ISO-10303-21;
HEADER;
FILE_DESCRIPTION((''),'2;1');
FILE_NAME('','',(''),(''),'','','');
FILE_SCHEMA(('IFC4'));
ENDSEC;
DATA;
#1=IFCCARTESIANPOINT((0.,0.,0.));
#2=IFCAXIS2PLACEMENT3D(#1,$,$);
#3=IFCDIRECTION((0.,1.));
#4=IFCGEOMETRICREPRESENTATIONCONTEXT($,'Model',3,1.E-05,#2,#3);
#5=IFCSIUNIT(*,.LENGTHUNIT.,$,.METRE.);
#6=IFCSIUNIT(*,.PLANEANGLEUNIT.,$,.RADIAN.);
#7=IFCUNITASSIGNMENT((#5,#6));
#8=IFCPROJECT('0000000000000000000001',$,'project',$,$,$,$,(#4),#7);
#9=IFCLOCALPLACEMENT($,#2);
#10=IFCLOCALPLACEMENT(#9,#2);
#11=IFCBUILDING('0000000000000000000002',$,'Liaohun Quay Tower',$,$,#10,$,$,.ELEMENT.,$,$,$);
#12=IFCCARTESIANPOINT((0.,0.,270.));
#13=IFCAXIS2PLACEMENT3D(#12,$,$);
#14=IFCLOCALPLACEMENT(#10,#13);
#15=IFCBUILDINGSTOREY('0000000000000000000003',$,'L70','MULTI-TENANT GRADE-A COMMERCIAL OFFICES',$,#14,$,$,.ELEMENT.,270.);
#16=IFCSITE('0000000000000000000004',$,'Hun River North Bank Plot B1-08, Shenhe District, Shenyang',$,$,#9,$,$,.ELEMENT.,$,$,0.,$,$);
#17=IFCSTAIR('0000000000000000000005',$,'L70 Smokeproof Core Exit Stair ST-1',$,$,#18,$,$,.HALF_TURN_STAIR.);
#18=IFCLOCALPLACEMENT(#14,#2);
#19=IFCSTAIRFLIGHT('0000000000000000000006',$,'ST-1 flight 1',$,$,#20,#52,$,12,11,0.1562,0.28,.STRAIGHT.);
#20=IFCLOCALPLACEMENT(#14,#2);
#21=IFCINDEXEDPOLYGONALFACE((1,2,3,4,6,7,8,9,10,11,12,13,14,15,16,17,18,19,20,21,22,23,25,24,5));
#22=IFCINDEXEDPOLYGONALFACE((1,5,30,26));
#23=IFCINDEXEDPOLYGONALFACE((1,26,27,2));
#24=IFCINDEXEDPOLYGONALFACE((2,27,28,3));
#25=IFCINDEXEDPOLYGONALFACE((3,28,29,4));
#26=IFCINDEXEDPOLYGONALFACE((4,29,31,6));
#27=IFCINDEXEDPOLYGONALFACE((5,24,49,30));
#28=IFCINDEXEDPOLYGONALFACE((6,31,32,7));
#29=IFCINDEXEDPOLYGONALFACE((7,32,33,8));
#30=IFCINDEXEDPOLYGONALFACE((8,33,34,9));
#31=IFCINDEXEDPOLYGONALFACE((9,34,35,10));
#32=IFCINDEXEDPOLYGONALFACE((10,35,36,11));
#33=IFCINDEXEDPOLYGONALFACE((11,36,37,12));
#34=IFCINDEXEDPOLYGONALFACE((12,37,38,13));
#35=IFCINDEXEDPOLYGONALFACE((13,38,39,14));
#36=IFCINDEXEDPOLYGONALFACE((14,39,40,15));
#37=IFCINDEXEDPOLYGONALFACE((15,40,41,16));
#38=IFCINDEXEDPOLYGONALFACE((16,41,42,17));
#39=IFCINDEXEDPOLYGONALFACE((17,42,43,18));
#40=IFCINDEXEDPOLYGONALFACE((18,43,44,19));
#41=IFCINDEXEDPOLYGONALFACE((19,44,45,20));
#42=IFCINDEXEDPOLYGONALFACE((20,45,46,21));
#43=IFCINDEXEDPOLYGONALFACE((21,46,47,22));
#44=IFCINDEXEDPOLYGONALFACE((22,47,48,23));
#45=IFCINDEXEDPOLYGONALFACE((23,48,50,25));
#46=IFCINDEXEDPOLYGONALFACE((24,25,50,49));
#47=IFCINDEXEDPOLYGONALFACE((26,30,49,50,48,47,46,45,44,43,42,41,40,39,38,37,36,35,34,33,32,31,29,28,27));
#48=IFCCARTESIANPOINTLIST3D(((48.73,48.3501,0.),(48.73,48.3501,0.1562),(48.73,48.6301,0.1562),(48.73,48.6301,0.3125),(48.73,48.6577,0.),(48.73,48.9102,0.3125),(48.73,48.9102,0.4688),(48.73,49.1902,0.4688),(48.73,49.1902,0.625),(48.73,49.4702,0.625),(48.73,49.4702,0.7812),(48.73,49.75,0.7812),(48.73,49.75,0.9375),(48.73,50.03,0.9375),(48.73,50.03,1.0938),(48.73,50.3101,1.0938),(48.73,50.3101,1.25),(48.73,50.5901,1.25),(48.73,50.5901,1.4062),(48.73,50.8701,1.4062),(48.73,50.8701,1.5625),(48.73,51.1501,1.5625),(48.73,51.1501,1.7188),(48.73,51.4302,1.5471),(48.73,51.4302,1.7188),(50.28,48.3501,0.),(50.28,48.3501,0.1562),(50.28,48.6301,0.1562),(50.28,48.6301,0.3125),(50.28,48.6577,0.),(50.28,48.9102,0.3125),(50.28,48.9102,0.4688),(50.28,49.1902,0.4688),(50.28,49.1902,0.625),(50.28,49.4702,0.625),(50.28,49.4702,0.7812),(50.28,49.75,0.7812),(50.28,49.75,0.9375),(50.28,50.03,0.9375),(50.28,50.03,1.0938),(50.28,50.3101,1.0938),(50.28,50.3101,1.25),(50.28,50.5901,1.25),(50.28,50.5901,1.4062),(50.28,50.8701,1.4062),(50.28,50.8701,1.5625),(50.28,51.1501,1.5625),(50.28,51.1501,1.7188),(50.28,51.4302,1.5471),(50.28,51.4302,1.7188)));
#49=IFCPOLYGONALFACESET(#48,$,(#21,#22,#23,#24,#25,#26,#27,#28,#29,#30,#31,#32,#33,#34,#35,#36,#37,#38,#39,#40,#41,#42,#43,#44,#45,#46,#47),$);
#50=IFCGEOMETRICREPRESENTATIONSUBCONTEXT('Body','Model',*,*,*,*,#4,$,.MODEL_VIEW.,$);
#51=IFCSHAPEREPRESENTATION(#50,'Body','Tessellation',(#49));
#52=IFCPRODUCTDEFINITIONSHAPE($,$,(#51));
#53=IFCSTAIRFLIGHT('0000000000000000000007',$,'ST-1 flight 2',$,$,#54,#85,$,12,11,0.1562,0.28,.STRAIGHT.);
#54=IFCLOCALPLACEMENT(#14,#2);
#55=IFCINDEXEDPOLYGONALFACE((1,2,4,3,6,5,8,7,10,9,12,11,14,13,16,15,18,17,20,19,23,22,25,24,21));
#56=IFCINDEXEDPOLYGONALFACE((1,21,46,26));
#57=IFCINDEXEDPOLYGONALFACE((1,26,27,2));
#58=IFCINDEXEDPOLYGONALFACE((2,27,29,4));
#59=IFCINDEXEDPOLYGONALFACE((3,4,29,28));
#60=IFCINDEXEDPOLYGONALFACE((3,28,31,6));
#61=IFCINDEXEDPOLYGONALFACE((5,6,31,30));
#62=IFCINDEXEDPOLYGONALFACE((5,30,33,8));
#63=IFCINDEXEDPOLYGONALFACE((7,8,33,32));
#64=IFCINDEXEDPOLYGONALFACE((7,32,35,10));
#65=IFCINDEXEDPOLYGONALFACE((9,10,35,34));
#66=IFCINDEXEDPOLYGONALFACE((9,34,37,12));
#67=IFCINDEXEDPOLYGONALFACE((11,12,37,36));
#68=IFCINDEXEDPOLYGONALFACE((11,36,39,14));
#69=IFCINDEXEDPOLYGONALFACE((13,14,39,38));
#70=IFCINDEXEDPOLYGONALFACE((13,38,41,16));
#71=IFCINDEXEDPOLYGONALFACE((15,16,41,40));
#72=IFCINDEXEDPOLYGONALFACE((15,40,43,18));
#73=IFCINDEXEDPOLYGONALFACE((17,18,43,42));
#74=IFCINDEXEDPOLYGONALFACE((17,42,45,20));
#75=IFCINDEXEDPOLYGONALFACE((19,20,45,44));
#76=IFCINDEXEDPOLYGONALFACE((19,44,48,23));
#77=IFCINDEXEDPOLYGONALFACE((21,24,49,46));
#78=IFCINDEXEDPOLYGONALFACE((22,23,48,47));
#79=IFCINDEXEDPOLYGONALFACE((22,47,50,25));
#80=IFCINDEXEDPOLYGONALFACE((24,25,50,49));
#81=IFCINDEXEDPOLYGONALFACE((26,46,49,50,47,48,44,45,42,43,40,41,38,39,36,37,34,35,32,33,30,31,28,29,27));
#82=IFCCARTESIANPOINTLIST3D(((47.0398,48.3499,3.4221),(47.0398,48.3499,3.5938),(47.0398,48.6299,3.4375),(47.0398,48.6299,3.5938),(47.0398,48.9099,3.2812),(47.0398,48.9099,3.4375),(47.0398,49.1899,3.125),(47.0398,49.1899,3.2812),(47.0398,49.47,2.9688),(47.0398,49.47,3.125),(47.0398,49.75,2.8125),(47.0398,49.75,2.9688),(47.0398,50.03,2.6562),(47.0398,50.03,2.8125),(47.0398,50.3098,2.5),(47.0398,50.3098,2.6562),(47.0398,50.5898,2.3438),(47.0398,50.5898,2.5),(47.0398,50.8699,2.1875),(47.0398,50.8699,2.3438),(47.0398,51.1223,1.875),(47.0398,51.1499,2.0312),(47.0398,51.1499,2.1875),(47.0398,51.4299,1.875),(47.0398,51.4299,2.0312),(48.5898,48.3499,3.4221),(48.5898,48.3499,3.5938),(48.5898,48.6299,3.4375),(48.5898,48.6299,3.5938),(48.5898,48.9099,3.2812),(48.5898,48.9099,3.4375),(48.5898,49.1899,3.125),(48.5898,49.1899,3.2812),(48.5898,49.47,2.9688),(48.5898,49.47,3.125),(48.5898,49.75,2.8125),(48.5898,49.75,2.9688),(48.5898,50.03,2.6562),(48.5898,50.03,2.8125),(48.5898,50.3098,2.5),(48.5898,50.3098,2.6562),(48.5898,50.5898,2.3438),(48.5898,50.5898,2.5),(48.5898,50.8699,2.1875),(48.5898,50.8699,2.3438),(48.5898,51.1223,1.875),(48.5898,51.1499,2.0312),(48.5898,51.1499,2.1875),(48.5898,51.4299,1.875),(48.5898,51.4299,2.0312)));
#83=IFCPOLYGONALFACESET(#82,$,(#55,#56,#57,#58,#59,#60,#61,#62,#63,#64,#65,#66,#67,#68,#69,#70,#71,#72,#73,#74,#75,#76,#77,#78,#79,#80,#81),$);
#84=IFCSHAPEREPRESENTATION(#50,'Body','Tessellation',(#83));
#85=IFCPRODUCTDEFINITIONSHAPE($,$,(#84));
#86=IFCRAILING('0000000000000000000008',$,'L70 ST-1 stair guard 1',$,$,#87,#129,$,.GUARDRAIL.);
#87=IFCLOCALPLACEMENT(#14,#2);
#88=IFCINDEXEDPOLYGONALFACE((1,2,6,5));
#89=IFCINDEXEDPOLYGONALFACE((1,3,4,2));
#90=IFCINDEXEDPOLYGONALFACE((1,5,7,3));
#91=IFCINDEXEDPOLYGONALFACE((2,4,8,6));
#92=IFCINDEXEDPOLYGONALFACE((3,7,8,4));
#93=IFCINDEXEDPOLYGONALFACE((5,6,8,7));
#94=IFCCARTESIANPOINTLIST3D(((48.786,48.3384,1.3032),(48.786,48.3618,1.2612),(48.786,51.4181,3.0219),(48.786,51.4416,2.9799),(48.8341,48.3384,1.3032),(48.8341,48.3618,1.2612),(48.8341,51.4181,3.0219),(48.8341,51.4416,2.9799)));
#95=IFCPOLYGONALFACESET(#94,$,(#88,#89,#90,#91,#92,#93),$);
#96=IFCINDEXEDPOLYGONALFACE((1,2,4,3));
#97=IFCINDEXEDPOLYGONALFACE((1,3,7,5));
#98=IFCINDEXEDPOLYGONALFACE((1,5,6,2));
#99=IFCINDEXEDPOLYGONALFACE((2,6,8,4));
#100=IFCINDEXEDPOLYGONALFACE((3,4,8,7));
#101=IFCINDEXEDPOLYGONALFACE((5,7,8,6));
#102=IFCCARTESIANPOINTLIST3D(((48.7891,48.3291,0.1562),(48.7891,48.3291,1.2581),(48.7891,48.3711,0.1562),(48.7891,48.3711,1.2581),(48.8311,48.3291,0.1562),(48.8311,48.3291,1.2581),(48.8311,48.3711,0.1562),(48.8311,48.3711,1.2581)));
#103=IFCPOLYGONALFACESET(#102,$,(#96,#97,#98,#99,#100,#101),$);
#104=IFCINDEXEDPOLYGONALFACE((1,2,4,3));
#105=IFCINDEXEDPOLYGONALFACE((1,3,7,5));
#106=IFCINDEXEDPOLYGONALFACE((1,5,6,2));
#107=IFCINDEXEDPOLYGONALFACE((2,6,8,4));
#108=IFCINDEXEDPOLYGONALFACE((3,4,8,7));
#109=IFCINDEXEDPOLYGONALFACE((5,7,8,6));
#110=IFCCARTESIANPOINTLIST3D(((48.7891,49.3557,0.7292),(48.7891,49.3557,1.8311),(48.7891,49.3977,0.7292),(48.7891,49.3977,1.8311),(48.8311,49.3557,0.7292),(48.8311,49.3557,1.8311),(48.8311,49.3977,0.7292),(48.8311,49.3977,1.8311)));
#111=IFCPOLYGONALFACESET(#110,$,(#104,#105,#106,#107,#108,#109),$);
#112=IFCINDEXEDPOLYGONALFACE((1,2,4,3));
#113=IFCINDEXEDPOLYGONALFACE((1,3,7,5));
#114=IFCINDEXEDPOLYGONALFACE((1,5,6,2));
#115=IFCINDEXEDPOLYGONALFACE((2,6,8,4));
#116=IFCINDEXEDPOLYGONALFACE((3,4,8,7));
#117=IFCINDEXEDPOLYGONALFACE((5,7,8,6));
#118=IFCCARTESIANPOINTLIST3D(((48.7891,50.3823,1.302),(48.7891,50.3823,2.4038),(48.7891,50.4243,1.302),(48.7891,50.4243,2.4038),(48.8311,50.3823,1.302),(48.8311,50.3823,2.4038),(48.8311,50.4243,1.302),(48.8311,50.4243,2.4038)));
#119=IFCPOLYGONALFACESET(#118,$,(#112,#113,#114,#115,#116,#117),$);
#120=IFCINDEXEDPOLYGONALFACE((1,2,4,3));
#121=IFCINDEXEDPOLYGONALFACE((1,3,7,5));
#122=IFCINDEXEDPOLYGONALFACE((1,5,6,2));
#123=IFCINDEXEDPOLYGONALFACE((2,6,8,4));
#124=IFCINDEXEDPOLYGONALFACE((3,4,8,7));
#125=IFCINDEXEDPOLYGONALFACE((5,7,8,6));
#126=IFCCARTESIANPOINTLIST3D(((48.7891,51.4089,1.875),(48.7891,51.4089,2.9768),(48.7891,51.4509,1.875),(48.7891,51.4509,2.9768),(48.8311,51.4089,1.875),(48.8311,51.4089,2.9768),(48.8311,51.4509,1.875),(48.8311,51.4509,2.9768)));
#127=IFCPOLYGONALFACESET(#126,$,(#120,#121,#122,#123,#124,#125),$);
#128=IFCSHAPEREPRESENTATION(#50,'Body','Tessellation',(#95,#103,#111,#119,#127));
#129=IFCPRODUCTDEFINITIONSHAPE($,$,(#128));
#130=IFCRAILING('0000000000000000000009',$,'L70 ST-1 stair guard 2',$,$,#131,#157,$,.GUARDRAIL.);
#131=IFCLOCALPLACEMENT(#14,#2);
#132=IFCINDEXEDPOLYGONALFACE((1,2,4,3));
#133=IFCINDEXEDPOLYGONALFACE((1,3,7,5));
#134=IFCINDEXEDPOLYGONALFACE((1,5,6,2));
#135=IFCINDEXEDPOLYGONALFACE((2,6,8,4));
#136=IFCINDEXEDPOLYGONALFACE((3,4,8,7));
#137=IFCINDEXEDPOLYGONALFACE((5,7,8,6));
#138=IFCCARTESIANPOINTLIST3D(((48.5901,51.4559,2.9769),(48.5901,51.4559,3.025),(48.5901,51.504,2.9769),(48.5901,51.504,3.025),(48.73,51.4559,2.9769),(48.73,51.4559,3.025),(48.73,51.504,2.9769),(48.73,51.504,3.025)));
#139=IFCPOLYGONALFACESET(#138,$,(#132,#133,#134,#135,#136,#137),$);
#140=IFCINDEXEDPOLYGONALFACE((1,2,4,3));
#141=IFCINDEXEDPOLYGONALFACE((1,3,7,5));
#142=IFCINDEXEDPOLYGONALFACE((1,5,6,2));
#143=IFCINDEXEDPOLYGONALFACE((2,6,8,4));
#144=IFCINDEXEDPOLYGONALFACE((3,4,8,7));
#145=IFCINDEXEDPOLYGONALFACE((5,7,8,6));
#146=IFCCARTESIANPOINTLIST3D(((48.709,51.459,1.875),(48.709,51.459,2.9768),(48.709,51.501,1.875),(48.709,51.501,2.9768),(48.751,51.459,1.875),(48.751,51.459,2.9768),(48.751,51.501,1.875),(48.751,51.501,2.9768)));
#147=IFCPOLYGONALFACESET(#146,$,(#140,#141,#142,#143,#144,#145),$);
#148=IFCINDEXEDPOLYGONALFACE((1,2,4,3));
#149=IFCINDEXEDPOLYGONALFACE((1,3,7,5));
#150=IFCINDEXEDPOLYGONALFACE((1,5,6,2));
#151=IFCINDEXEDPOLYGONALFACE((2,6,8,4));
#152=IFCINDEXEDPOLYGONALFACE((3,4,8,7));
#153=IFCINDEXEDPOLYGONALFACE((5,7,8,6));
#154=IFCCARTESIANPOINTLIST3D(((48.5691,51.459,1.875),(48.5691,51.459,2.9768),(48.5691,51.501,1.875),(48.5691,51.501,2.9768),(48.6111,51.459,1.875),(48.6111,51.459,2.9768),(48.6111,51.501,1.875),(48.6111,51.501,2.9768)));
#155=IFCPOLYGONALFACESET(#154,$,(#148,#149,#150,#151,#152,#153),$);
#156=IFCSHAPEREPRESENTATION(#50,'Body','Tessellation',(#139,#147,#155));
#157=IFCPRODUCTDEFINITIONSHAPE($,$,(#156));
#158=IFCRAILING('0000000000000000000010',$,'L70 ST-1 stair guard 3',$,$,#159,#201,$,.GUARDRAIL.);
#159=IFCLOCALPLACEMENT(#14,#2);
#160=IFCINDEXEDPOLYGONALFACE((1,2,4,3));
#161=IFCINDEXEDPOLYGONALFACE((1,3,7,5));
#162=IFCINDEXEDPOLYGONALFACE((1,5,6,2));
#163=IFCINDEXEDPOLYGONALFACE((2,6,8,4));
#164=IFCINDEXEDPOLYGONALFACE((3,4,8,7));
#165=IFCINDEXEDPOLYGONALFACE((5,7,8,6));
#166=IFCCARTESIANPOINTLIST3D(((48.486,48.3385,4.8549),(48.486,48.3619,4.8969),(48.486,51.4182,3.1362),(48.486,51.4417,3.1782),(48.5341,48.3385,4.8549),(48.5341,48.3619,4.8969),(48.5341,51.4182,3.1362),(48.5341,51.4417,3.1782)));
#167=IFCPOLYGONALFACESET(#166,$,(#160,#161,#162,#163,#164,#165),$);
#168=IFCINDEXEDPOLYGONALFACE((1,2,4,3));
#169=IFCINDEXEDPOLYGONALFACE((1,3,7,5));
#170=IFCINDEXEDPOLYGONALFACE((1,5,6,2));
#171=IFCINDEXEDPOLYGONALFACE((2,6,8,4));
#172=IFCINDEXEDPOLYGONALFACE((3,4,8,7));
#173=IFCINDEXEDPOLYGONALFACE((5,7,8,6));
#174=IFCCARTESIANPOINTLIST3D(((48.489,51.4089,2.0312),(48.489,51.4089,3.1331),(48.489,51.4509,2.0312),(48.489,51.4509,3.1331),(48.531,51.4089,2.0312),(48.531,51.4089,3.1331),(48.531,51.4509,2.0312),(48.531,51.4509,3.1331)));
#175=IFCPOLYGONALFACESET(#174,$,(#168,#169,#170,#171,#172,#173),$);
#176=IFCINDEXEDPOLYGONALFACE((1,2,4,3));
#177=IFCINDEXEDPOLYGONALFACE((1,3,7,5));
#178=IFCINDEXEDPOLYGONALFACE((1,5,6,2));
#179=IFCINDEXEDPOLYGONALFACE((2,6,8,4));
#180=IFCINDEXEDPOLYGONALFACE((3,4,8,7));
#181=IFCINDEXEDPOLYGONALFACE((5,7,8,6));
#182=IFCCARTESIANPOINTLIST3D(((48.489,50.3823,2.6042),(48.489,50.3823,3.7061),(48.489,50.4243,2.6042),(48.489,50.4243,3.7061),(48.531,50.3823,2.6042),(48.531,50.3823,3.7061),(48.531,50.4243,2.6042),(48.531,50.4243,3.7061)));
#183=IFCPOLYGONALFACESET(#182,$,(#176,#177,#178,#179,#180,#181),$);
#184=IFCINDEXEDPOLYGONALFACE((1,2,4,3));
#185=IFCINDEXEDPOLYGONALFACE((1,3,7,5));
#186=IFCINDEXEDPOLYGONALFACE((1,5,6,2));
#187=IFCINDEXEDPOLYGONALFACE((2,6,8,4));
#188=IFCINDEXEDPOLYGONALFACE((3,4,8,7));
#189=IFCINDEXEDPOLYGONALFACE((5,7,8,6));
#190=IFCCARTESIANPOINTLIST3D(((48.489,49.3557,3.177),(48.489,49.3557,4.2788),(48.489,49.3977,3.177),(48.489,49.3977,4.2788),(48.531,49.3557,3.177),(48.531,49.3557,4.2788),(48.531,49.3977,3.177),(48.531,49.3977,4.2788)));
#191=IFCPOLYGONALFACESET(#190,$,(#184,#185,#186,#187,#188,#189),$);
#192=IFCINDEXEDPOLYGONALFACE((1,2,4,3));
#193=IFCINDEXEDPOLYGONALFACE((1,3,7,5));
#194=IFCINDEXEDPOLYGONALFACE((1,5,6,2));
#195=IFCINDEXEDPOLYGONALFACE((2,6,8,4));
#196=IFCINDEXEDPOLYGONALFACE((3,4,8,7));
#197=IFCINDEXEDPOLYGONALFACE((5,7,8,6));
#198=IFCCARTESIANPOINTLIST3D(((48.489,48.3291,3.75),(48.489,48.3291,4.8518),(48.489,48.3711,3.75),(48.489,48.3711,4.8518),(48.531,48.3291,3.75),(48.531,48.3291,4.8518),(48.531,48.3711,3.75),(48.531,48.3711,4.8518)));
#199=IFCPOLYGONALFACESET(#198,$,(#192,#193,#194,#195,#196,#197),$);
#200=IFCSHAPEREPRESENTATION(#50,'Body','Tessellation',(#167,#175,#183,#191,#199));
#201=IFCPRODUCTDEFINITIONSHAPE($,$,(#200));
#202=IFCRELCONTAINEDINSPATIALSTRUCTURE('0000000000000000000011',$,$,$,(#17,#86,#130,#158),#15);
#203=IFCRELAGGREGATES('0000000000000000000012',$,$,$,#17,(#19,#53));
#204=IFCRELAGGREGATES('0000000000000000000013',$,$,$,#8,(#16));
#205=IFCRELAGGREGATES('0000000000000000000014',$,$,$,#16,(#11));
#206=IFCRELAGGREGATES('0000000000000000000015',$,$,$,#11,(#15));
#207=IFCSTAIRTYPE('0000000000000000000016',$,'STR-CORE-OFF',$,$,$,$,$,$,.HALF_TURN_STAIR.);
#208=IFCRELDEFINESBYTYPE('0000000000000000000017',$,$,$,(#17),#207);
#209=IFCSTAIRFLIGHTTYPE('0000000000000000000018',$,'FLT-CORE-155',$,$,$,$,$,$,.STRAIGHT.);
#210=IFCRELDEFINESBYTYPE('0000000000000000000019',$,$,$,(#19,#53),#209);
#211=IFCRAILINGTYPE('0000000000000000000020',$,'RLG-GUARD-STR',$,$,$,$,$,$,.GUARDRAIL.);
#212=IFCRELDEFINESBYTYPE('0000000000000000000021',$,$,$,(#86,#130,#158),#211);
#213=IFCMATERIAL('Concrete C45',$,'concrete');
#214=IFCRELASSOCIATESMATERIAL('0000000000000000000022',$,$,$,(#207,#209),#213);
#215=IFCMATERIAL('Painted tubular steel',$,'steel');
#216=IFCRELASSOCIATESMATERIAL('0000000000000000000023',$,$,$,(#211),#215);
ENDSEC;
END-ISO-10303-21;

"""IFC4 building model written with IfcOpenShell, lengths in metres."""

from ifc_helpers import new_model, si_unit, direction, frame, origin, origin_2d, place, context, subcontext, project, spatial, polyline, rectangle, outline, extrude, material, type_object, element, aggregate, save


model = new_model("IFC4")

# Units and contexts
model_context = context("Model", 3, precision=1e-05, world=origin(), true_north=direction((0.0, 1.0)))
body_context = subcontext(model_context, "Body", "Model", "MODEL_VIEW")
ifc_project = project(units=[si_unit("LENGTHUNIT", "METRE"), si_unit("PLANEANGLEUNIT", "RADIAN")], contexts=[model_context])

# Site, building, storey
site_placement = place(None, origin())
site = spatial("IfcSite", under=ifc_project, at=site_placement, Name="Hun River North Bank Plot B1-08, Shenhe District, Shenyang", CompositionType="ELEMENT", RefElevation=0.0)
building_placement = place(site_placement, origin())
building = spatial("IfcBuilding", under=site, at=building_placement, Name="Liaohun Quay Tower", CompositionType="ELEMENT")
storey_placement = place(building_placement, frame((0.0, 0.0, 270.0)))
storey = spatial("IfcBuildingStorey", under=building, at=storey_placement, Name="L70", Description="MULTI-TENANT GRADE-A COMMERCIAL OFFICES", CompositionType="ELEMENT", Elevation=270.0)

# Stair, stair flights
ifc_material_1 = material(Name="Concrete C45", Category="concrete")
stair_type = type_object("IfcStairType", Name="STR-CORE-OFF", PredefinedType="HALF_TURN_STAIR", material=ifc_material_1)
stair_placement = place(storey_placement, origin())
stair = element("IfcStair", 1, at=stair_placement, inside=storey, type_object=stair_type, Name="L70 Smokeproof Core Exit Stair ST-1", PredefinedType="HALF_TURN_STAIR")
stair_flight_type = type_object("IfcStairFlightType", Name="FLT-CORE-155", PredefinedType="STRAIGHT", material=ifc_material_1)
stair_flight_1_placement = place(storey_placement, frame((49.5049, 48.3501, 0.0), z_axis=(0.0, 0.0, 1.0), x_axis=(0.0, 1.0, 0.0)))
stair_flight_1 = element("IfcStairFlight", 2, at=stair_flight_1_placement, type_object=stair_flight_type, Name="ST-1 flight 1", NumberOfRisers=12, NumberOfTreads=11, PredefinedType="STRAIGHT", RiserHeight=0.1562, TreadLength=0.28, context=body_context, shape_type="SweptSolid", body=[
    extrude(outline(polyline([(0.0, 0.0), (0.0, 0.1562), (0.28, 0.1562), (0.28, 0.3125), (0.5601, 0.3125), (0.5601, 0.4688), (0.8401, 0.4688), (0.8401, 0.625), (1.1201, 0.625), (1.1201, 0.7812), (1.3999, 0.7812), (1.3999, 0.9375), (1.6799, 0.9375), (1.6799, 1.0938), (1.96, 1.0938), (1.96, 1.25), (2.24, 1.25), (2.24, 1.4062), (2.52, 1.4062), (2.52, 1.5625), (2.8, 1.5625), (2.8, 1.7188), (3.0801, 1.7188), (3.0801, 1.875), (3.0801, 1.5471), (0.3076, 0.0), (0.0, 0.0)])), frame((0.0, 0.7749, 0.0), z_axis=(0.0, -1.0, 0.0), x_axis=(1.0, 0.0, 0.0)), (0.0, 0.0, 1.0), 1.55),
])
stair_flight_2_placement = place(storey_placement, frame((47.8149, 51.4299, 1.875), z_axis=(0.0, 0.0, 1.0), x_axis=(0.0, -1.0, 0.0)))
stair_flight_2 = element("IfcStairFlight", 3, at=stair_flight_2_placement, type_object=stair_flight_type, Name="ST-1 flight 2", NumberOfRisers=12, NumberOfTreads=11, PredefinedType="STRAIGHT", RiserHeight=0.1562, TreadLength=0.28, context=body_context, shape_type="SweptSolid", body=[
    extrude(outline(polyline([(0.0, 0.0), (0.0, 0.1562), (0.28, 0.1562), (0.28, 0.3125), (0.5601, 0.3125), (0.5601, 0.4688), (0.8401, 0.4688), (0.8401, 0.625), (1.1201, 0.625), (1.1201, 0.7812), (1.3999, 0.7812), (1.3999, 0.9375), (1.6799, 0.9375), (1.6799, 1.0938), (1.96, 1.0938), (1.96, 1.25), (2.24, 1.25), (2.24, 1.4062), (2.52, 1.4062), (2.52, 1.5625), (2.8, 1.5625), (2.8, 1.7188), (3.0801, 1.7188), (3.0801, 1.875), (3.0801, 1.5471), (0.3076, 0.0), (0.0, 0.0)])), frame((0.0, 0.7749, 0.0), z_axis=(0.0, -1.0, 0.0), x_axis=(1.0, 0.0, 0.0)), (0.0, 0.0, 1.0), 1.55),
])
aggregate(stair, [stair_flight_1, stair_flight_2])

# Railings
ifc_material_2 = material(Name="Painted tubular steel", Category="steel")
railing_type_1 = type_object("IfcRailingType", Name="RLG-GUARD-STR", PredefinedType="GUARDRAIL", material=ifc_material_2)
railing_1_placement = place(storey_placement, frame((48.8101, 48.3501, 0.1562)))
element("IfcRailing", 4, at=railing_1_placement, inside=storey, type_object=railing_type_1, Name="L70 ST-1 stair guard 1", PredefinedType="GUARDRAIL", context=body_context, shape_type="SweptSolid", body=[
    extrude(rectangle(XDim=0.0481, YDim=0.0481, at=origin_2d()), frame((0.0, 0.0, 1.126), z_axis=(0.0, 0.873225, 0.487317), x_axis=(-1.0, 0.0, 0.0)), (0.0, 0.0, 1.0), 3.5269),
    extrude(rectangle(XDim=0.042, YDim=0.042, at=origin_2d()), origin(), (0.0, 0.0, 1.0), 1.1018),
    extrude(rectangle(XDim=0.042, YDim=0.042, at=origin_2d()), frame((0.0, 1.0266, 0.573)), (0.0, 0.0, 1.0), 1.1018),
    extrude(rectangle(XDim=0.042, YDim=0.042, at=origin_2d()), frame((0.0, 2.0532, 1.1458)), (0.0, 0.0, 1.0), 1.1018),
    extrude(rectangle(XDim=0.042, YDim=0.042, at=origin_2d()), frame((0.0, 3.0798, 1.7188)), (0.0, 0.0, 1.0), 1.1018),
])
railing_2_placement = place(storey_placement, frame((48.73, 51.48, 1.875)))
element("IfcRailing", 5, at=railing_2_placement, inside=storey, type_object=railing_type_1, Name="L70 ST-1 stair guard 2", PredefinedType="GUARDRAIL", context=body_context, shape_type="SweptSolid", body=[
    extrude(rectangle(XDim=0.0481, YDim=0.0481, at=origin_2d()), frame((0.0, 0.0, 1.126), z_axis=(-1.0, 0.0, 0.0), x_axis=(0.0, -1.0, 0.0)), (0.0, 0.0, 1.0), 0.1399),
    extrude(rectangle(XDim=0.042, YDim=0.042, at=origin_2d()), origin(), (0.0, 0.0, 1.0), 1.1018),
    extrude(rectangle(XDim=0.042, YDim=0.042, at=origin_2d()), frame((-0.1399, 0.0, 0.0)), (0.0, 0.0, 1.0), 1.1018),
])
railing_3_placement = place(storey_placement, frame((48.51, 51.4299, 2.0312)))
element("IfcRailing", 6, at=railing_3_placement, inside=storey, type_object=railing_type_1, Name="L70 ST-1 stair guard 3", PredefinedType="GUARDRAIL", context=body_context, shape_type="SweptSolid", body=[
    extrude(rectangle(XDim=0.0481, YDim=0.0481, at=origin_2d()), frame((0.0, 0.0, 1.126), z_axis=(0.0, -0.873225, 0.487317), x_axis=(1.0, 0.0, 0.0)), (0.0, 0.0, 1.0), 3.5269),
    extrude(rectangle(XDim=0.042, YDim=0.042, at=origin_2d()), origin(), (0.0, 0.0, 1.0), 1.1018),
    extrude(rectangle(XDim=0.042, YDim=0.042, at=origin_2d()), frame((0.0, -1.0266, 0.573)), (0.0, 0.0, 1.0), 1.1018),
    extrude(rectangle(XDim=0.042, YDim=0.042, at=origin_2d()), frame((0.0, -2.0532, 1.1458)), (0.0, 0.0, 1.0), 1.1018),
    extrude(rectangle(XDim=0.042, YDim=0.042, at=origin_2d()), frame((0.0, -3.0798, 1.7188)), (0.0, 0.0, 1.0), 1.1018),
])

save(model, "model.ifc")
